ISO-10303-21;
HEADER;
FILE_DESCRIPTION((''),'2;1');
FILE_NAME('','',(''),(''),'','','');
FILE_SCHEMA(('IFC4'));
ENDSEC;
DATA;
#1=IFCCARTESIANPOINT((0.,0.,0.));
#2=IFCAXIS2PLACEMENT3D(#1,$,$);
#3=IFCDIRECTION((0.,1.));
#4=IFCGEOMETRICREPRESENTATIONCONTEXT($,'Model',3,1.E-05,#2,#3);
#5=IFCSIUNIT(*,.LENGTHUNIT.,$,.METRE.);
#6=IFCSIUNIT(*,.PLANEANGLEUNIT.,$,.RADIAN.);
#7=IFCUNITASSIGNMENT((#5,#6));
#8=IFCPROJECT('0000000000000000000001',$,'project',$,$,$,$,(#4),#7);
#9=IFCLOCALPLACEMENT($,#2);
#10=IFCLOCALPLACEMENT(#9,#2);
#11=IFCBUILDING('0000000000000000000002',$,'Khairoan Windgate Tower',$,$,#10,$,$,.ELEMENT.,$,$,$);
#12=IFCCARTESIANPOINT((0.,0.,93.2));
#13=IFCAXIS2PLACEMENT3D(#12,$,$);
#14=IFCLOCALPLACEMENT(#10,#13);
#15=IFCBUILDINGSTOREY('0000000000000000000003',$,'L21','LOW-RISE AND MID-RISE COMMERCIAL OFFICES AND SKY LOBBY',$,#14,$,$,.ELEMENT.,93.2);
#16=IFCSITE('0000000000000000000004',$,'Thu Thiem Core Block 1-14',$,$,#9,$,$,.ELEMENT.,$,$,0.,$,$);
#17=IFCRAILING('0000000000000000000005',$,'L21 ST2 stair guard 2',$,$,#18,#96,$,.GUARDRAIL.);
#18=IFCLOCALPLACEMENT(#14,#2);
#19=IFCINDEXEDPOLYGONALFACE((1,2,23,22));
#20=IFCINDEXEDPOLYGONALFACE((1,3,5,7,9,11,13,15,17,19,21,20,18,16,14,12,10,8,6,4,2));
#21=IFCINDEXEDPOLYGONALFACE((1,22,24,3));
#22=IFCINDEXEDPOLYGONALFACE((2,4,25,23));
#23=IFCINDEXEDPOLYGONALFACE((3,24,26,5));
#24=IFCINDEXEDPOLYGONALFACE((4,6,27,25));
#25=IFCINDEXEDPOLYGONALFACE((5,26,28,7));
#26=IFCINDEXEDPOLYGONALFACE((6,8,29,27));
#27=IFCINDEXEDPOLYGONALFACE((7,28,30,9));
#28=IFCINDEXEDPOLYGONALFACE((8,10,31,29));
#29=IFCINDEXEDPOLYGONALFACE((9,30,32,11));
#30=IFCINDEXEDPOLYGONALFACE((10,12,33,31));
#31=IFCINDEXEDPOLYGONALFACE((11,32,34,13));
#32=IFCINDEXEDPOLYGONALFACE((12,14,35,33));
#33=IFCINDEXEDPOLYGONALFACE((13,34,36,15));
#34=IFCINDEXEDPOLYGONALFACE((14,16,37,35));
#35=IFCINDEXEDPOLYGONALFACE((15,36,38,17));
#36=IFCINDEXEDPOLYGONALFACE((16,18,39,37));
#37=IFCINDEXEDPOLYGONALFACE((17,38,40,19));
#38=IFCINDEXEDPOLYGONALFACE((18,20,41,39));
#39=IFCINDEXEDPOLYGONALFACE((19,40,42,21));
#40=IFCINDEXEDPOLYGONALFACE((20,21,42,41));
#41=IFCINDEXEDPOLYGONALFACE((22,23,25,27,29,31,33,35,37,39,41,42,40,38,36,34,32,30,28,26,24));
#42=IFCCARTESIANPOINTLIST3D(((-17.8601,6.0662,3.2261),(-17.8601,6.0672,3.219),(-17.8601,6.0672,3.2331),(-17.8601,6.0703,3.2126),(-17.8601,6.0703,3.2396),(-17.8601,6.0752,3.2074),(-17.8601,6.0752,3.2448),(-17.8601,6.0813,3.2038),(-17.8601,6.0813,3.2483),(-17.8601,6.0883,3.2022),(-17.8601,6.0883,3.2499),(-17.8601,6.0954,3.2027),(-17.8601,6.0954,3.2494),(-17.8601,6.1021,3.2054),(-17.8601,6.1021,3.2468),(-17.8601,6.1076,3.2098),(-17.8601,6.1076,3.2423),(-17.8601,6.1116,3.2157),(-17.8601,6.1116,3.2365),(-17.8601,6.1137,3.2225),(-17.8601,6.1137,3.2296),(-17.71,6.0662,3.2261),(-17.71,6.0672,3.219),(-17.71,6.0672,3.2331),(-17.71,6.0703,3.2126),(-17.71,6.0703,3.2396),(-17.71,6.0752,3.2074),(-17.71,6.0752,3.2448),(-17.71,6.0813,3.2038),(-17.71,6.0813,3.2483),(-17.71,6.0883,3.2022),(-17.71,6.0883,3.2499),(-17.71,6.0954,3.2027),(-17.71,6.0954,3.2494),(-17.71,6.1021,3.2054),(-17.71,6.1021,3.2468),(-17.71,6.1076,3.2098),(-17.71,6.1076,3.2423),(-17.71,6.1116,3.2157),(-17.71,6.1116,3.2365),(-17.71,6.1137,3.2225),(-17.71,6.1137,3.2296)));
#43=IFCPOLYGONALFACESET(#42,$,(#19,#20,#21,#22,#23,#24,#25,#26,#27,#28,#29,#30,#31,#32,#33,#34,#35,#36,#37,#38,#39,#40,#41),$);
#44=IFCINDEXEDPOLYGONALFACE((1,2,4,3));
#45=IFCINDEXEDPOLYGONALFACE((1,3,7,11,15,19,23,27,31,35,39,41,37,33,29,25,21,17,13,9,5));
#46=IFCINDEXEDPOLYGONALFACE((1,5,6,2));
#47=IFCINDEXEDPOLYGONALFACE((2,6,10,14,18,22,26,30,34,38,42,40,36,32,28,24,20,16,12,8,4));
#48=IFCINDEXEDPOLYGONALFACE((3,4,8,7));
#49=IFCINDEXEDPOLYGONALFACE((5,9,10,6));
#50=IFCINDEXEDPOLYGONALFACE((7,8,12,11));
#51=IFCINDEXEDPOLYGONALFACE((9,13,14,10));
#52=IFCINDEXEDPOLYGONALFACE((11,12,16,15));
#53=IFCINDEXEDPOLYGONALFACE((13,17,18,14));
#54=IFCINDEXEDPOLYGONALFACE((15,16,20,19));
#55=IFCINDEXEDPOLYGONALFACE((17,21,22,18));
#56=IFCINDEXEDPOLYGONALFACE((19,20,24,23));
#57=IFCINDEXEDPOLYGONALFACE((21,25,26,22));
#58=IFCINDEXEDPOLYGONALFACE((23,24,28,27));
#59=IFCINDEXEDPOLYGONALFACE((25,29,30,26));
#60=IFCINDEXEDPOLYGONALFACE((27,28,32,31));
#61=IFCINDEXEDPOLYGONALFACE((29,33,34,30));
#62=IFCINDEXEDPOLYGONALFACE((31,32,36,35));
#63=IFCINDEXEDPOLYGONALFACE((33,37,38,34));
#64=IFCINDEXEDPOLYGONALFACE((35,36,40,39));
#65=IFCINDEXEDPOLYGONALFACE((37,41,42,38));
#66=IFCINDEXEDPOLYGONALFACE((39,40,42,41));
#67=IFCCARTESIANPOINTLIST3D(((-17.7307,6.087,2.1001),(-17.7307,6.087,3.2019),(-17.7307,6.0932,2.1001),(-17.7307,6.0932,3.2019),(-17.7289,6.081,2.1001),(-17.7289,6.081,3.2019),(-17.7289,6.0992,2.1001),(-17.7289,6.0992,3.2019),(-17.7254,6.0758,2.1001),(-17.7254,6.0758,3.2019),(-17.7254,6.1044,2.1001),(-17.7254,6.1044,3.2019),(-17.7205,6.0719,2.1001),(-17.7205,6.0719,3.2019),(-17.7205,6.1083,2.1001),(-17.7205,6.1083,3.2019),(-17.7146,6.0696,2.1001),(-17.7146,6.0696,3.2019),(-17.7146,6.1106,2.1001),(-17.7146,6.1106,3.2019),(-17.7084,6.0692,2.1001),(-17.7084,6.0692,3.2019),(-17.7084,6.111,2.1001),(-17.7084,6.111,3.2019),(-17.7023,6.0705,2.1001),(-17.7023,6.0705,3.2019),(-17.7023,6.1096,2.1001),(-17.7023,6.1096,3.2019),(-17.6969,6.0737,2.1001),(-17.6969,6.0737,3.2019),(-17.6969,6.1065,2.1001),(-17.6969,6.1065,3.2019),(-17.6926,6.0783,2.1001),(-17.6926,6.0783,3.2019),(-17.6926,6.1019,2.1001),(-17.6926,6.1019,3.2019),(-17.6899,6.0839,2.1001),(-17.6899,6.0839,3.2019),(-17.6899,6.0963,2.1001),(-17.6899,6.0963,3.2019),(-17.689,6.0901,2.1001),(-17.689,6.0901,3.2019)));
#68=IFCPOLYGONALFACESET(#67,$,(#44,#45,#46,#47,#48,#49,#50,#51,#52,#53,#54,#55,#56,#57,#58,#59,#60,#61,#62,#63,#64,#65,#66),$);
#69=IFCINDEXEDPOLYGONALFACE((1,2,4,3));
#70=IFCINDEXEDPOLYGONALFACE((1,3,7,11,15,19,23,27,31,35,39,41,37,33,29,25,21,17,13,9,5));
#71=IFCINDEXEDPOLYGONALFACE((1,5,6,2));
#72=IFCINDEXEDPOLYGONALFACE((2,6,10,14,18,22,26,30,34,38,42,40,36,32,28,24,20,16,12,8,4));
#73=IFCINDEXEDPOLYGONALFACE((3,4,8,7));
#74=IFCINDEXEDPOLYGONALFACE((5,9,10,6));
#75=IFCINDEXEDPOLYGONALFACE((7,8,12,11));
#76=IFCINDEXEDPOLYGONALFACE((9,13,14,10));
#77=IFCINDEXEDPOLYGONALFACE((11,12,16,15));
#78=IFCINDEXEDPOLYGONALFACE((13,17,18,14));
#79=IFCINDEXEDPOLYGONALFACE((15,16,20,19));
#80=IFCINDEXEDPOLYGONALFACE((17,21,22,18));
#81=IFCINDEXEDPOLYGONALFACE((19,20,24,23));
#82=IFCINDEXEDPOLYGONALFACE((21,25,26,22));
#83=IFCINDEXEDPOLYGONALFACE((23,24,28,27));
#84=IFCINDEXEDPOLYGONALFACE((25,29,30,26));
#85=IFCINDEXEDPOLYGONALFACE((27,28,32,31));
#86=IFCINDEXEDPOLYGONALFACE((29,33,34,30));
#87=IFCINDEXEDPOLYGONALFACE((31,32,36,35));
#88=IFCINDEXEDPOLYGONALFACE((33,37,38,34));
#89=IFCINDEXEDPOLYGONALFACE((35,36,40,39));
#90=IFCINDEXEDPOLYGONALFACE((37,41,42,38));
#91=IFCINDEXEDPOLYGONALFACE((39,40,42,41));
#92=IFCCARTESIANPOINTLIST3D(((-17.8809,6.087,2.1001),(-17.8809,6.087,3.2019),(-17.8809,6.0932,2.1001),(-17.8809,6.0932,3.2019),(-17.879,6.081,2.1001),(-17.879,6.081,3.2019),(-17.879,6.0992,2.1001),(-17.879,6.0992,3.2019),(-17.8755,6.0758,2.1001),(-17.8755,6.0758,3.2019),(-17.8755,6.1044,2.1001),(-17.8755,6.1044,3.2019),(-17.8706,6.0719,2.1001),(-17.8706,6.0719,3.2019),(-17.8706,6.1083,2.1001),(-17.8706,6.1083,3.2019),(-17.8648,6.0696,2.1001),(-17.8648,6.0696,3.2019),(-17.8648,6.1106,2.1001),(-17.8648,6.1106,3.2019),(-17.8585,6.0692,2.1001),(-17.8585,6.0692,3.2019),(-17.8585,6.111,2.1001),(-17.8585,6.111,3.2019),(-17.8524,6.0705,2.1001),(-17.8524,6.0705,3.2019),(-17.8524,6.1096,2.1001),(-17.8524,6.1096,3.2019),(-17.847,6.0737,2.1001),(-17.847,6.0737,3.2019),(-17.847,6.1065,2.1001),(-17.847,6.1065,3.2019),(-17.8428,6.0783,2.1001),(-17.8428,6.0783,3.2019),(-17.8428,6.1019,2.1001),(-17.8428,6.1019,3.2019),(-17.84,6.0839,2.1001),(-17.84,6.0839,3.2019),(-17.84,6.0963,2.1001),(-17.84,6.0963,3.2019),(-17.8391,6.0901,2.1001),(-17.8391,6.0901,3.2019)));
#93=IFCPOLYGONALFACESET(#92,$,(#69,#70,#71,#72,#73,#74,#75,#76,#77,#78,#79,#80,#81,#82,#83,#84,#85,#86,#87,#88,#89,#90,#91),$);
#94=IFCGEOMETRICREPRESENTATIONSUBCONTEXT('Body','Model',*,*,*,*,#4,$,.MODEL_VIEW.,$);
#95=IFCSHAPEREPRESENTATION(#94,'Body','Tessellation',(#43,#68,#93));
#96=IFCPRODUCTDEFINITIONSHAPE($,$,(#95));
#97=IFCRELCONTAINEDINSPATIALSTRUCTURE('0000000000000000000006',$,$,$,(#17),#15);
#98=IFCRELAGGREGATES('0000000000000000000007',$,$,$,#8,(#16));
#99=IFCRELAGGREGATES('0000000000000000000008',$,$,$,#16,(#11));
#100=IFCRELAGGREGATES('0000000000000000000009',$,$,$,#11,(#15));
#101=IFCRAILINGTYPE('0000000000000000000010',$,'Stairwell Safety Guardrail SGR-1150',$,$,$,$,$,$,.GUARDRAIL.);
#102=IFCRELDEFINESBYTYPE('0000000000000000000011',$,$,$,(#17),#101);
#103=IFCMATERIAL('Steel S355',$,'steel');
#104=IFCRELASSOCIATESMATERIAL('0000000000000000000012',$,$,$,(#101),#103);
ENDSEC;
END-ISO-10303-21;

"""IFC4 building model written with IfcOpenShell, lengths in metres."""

from ifc_helpers import new_model, si_unit, direction, frame, origin, origin_2d, place, context, subcontext, project, spatial, circle, extrude, material, type_object, element, save


model = new_model("IFC4")

# Units and contexts
model_context = context("Model", 3, precision=1e-05, world=origin(), true_north=direction((0.0, 1.0)))
body_context = subcontext(model_context, "Body", "Model", "MODEL_VIEW")
ifc_project = project(units=[si_unit("LENGTHUNIT", "METRE"), si_unit("PLANEANGLEUNIT", "RADIAN")], contexts=[model_context])

# Site, building, storey
site_placement = place(None, origin())
site = spatial("IfcSite", under=ifc_project, at=site_placement, Name="Thu Thiem Core Block 1-14", CompositionType="ELEMENT", RefElevation=0.0)
building_placement = place(site_placement, origin())
building = spatial("IfcBuilding", under=site, at=building_placement, Name="Khairoan Windgate Tower", CompositionType="ELEMENT")
storey_placement = place(building_placement, frame((0.0, 0.0, 93.2)))
storey = spatial("IfcBuildingStorey", under=building, at=storey_placement, Name="L21", Description="LOW-RISE AND MID-RISE COMMERCIAL OFFICES AND SKY LOBBY", CompositionType="ELEMENT", Elevation=93.2)

# Railing
ifc_material_1 = material(Name="Steel S355", Category="steel")
railing_type_1 = type_object("IfcRailingType", Name="Stairwell Safety Guardrail SGR-1150", PredefinedType="GUARDRAIL", material=ifc_material_1)
railing_1_placement = place(storey_placement, frame((-17.71, 6.0901, 2.1001)))
element("IfcRailing", 1, at=railing_1_placement, inside=storey, type_object=railing_type_1, Name="L21 ST2 stair guard 2", PredefinedType="GUARDRAIL", context=body_context, shape_type="SweptSolid", body=[
    extrude(circle(Radius=0.0239, at=origin_2d()), frame((0.0, 0.0, 1.126), z_axis=(-1.0, 0.0, 0.0), x_axis=(0.0, -1.0, 0.0)), (0.0, 0.0, 1.0), 0.1501),
    extrude(circle(Radius=0.021, at=origin_2d()), origin(), (0.0, 0.0, 1.0), 1.1018),
    extrude(circle(Radius=0.021, at=origin_2d()), frame((-0.1501, 0.0, 0.0)), (0.0, 0.0, 1.0), 1.1018),
])

save(model, "model.ifc")
